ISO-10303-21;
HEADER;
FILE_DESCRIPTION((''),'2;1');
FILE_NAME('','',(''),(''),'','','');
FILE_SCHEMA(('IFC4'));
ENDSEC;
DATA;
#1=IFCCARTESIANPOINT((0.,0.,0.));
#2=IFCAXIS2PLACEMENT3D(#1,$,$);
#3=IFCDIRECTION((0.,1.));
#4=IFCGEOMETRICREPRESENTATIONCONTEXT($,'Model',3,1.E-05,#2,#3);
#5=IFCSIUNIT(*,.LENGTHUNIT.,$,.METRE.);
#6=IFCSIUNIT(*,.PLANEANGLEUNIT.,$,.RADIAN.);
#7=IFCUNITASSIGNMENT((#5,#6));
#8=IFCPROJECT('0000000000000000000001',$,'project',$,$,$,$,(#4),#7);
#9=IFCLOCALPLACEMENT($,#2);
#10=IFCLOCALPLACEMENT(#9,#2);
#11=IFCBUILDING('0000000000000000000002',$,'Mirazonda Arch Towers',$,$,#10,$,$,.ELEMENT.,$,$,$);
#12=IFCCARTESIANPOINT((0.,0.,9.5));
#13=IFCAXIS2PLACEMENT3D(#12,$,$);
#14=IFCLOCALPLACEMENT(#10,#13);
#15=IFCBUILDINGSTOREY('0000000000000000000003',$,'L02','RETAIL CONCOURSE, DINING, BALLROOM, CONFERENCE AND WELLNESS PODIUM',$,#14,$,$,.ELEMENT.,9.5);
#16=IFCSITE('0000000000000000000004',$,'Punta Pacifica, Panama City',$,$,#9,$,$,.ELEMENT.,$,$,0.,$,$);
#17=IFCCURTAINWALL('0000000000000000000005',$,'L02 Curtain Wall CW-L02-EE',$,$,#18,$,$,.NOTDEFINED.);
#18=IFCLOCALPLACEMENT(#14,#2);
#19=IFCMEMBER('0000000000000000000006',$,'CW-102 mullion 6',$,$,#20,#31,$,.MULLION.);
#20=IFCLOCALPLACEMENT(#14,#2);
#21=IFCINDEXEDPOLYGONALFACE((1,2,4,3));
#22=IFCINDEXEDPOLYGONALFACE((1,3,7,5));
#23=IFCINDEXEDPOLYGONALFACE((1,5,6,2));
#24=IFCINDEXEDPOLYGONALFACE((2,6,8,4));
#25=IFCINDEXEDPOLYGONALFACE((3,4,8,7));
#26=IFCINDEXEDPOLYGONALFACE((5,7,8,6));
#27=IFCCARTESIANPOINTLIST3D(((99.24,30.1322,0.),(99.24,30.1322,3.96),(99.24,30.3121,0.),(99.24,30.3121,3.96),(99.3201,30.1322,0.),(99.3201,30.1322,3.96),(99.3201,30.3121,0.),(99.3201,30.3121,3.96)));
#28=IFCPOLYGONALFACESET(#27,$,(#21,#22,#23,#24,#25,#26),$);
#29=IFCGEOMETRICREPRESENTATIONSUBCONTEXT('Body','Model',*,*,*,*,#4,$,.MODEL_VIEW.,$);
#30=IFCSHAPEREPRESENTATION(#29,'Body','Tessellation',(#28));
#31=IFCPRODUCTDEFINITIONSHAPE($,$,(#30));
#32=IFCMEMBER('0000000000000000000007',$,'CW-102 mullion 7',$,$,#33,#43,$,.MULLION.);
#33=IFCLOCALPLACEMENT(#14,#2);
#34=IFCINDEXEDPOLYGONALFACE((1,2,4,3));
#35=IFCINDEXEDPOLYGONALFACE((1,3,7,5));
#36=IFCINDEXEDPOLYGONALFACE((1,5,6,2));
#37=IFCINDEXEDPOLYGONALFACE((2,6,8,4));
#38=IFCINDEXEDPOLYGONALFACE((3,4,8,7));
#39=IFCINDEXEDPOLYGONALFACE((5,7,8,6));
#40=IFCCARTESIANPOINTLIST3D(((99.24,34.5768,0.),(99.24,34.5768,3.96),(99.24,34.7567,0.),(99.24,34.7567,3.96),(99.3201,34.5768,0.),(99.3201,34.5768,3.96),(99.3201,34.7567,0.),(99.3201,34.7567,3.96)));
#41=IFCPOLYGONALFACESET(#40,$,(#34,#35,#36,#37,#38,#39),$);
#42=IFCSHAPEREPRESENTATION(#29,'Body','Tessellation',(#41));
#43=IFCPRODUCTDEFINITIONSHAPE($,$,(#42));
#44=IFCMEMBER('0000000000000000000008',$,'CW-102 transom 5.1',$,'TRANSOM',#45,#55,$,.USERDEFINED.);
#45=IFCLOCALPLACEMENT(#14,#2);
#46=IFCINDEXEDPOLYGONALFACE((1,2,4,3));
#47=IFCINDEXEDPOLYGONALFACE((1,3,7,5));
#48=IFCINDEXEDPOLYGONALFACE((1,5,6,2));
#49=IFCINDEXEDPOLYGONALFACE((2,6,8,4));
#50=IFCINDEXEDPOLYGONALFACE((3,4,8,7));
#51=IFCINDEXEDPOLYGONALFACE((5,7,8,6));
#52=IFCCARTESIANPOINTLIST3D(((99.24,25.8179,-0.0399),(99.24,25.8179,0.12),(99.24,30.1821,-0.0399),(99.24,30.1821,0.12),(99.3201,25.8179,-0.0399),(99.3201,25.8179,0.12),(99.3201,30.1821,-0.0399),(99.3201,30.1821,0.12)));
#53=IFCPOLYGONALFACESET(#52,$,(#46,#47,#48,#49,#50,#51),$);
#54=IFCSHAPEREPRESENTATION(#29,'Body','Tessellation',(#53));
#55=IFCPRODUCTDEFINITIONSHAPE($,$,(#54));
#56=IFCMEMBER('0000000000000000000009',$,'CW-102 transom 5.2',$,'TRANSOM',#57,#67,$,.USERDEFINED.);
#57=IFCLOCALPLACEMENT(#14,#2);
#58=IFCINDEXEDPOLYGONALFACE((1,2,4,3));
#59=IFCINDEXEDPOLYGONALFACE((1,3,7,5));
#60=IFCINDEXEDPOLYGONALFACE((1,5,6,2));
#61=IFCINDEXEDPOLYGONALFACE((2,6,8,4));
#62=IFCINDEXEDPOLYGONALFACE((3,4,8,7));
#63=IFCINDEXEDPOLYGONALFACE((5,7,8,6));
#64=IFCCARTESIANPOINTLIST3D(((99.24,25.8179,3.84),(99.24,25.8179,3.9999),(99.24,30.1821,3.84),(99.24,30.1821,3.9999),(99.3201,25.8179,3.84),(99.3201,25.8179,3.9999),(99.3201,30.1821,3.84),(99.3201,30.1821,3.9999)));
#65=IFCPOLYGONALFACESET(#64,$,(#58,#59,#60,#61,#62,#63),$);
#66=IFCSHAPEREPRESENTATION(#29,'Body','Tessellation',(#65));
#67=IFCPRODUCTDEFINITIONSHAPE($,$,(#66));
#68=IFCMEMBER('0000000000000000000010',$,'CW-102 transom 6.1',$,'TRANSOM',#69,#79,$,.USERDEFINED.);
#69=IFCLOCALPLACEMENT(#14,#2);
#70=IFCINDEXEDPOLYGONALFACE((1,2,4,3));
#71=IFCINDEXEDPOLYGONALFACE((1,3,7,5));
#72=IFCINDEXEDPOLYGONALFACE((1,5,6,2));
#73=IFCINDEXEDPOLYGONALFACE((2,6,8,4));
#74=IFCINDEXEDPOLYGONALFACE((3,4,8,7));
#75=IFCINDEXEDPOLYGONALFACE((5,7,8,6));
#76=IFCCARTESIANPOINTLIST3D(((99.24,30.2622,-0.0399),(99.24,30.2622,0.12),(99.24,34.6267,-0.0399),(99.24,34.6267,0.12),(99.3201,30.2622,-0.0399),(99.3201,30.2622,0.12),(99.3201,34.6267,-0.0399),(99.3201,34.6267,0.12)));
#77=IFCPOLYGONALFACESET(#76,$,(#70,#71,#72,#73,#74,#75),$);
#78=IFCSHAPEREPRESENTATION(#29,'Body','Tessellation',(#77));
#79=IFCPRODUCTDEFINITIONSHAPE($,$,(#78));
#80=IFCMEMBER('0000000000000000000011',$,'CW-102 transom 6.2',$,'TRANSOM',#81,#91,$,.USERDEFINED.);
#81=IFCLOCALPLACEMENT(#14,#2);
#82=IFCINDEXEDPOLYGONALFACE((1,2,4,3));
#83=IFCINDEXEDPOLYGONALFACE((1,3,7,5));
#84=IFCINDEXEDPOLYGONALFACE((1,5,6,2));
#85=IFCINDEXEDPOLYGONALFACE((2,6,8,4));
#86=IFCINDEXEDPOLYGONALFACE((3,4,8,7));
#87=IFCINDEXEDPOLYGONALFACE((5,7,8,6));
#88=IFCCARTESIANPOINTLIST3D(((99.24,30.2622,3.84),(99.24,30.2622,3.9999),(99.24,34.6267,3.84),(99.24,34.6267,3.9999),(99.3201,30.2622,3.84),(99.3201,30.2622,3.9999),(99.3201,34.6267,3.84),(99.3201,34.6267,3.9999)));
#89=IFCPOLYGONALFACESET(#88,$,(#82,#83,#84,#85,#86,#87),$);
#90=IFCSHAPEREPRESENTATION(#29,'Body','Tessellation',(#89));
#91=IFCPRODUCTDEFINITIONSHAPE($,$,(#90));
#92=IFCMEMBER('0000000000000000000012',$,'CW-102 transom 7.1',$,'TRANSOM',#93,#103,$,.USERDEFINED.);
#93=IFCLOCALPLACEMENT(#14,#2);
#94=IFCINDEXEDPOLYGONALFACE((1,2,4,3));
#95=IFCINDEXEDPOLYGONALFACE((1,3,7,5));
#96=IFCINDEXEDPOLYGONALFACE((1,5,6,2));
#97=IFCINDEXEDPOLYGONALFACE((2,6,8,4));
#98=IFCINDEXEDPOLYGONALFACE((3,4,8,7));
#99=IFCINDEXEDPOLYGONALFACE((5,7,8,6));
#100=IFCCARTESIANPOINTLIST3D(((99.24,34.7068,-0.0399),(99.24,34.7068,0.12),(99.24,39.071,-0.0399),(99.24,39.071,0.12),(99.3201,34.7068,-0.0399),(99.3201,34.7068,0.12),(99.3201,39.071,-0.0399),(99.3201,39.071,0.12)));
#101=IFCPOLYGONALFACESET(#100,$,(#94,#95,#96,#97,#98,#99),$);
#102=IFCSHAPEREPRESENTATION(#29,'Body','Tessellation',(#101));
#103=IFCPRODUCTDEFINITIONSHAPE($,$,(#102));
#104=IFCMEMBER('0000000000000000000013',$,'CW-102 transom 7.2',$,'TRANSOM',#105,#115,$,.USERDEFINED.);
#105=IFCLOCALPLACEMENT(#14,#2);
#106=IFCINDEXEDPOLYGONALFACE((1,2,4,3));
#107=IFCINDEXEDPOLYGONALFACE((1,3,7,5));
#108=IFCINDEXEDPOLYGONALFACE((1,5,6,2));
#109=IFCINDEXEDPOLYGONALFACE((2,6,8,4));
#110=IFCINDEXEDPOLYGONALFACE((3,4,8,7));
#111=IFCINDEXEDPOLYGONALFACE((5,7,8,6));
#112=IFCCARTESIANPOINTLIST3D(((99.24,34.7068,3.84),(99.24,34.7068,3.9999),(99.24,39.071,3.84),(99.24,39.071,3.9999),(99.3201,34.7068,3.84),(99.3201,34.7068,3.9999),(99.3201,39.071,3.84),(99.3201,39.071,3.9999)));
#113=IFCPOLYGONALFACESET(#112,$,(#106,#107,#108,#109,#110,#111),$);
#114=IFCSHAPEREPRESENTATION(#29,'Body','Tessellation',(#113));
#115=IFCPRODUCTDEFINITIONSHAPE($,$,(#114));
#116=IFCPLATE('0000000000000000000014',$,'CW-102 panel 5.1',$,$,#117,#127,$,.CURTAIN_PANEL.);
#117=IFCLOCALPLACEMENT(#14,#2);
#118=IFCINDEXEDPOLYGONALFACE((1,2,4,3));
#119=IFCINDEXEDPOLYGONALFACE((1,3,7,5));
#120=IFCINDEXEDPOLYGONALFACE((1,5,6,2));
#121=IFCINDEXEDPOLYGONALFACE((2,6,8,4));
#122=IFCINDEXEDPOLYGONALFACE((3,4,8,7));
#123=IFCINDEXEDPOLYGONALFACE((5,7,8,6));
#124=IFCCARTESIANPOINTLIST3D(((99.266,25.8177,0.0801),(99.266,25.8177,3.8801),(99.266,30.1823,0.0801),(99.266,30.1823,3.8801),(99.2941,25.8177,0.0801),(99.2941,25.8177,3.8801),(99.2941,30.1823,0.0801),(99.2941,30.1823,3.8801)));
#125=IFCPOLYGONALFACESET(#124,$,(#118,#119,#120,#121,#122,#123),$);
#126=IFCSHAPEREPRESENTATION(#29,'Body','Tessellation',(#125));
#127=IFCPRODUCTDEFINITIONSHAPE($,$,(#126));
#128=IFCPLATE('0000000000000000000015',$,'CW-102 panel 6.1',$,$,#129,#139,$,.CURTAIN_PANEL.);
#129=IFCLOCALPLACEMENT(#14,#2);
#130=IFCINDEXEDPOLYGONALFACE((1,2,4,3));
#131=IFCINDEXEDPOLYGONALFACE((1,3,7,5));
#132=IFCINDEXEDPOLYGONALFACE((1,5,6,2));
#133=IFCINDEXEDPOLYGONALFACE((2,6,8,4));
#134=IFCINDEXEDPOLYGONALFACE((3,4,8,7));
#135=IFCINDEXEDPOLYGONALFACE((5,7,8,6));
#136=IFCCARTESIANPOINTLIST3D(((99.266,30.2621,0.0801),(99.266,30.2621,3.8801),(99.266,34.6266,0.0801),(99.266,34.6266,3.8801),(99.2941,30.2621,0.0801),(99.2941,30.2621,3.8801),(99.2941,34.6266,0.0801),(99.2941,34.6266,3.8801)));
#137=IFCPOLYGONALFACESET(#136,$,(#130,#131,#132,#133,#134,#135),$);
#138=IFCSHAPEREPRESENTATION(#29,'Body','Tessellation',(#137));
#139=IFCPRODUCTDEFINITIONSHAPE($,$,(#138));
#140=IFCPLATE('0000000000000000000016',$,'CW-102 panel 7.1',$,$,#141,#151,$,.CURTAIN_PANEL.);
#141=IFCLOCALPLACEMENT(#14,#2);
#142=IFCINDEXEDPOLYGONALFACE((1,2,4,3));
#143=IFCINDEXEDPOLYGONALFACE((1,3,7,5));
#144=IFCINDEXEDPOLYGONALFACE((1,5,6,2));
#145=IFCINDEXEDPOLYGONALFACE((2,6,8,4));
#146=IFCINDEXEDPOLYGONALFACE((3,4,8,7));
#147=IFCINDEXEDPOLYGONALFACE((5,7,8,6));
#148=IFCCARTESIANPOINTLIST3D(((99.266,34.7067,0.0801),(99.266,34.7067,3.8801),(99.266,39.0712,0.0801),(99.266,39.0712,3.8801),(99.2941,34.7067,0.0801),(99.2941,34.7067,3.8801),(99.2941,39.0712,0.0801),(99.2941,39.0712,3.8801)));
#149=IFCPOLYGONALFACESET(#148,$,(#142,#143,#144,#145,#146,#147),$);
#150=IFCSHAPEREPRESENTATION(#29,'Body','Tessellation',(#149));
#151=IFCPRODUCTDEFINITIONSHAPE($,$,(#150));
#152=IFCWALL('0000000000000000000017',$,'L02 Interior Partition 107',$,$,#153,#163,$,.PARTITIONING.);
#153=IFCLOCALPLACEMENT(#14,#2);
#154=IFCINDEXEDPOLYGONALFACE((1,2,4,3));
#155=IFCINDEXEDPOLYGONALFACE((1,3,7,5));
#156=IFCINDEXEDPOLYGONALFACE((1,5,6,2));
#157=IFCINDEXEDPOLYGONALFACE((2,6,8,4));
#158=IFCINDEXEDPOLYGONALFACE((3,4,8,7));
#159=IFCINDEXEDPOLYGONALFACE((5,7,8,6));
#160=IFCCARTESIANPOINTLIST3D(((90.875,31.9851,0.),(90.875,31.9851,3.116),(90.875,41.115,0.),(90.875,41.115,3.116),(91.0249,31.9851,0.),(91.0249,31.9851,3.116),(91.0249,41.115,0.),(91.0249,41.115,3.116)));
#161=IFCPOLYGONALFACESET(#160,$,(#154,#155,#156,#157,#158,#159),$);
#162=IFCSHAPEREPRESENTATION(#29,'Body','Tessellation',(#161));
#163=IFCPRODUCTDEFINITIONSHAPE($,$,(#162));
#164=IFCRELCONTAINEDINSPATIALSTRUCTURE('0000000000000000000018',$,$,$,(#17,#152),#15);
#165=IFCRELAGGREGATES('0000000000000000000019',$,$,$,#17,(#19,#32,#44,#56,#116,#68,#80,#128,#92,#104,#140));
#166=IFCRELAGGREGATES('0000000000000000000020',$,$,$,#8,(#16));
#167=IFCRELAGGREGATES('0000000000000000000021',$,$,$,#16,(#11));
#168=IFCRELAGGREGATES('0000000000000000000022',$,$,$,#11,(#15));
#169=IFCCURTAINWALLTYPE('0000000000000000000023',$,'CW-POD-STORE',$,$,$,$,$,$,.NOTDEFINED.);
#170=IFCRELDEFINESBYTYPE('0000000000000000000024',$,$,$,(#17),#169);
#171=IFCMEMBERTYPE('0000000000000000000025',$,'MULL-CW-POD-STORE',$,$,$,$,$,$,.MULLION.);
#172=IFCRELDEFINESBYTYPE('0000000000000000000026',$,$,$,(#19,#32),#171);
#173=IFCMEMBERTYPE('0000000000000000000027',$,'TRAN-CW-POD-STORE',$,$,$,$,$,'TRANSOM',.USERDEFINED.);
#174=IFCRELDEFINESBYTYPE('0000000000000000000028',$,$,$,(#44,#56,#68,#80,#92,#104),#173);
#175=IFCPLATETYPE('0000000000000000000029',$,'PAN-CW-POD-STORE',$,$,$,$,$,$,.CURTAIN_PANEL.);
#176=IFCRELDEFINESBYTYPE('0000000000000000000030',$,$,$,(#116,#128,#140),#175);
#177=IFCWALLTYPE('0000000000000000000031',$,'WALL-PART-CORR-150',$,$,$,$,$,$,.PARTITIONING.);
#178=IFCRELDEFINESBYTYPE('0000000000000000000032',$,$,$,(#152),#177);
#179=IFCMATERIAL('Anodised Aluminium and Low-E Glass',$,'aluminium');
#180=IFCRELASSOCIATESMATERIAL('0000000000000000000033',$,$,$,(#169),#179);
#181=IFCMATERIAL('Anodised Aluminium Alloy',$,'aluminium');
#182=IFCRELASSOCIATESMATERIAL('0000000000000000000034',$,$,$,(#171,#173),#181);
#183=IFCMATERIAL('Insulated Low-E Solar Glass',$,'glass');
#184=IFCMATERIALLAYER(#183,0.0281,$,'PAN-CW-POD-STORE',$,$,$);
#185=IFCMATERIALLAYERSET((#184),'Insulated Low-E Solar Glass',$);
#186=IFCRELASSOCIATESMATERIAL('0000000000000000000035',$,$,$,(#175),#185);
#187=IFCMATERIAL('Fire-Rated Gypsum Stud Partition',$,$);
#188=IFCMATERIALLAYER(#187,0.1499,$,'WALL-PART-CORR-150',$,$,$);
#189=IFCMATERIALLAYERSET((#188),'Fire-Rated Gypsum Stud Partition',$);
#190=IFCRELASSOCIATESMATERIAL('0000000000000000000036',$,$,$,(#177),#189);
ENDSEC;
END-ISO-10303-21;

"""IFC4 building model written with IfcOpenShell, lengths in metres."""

from ifc_helpers import new_model, si_unit, direction, frame, frame_2d, origin, origin_2d, place, context, subcontext, project, spatial, rectangle, extrude, material, layer, layer_set, material_profile, profile_set, type_object, element, aggregate, save


model = new_model("IFC4")

# Units and contexts
model_context = context("Model", 3, precision=1e-05, world=origin(), true_north=direction((0.0, 1.0)))
body_context = subcontext(model_context, "Body", "Model", "MODEL_VIEW")
ifc_project = project(units=[si_unit("LENGTHUNIT", "METRE"), si_unit("PLANEANGLEUNIT", "RADIAN")], contexts=[model_context])

# Site, building, storey
site_placement = place(None, origin())
site = spatial("IfcSite", under=ifc_project, at=site_placement, Name="Punta Pacifica, Panama City", CompositionType="ELEMENT", RefElevation=0.0)
building_placement = place(site_placement, origin())
building = spatial("IfcBuilding", under=site, at=building_placement, Name="Mirazonda Arch Towers", CompositionType="ELEMENT")
storey_placement = place(building_placement, frame((0.0, 0.0, 9.5)))
storey = spatial("IfcBuildingStorey", under=building, at=storey_placement, Name="L02", Description="RETAIL CONCOURSE, DINING, BALLROOM, CONFERENCE AND WELLNESS PODIUM", CompositionType="ELEMENT", Elevation=9.5)

# Curtain wall, members, plates
ifc_material_1 = material(Name="Anodised Aluminium and Low-E Glass", Category="aluminium")
curtain_wall_type = type_object("IfcCurtainWallType", Name="CW-POD-STORE", PredefinedType="NOTDEFINED", material=ifc_material_1)
curtain_wall_placement = place(storey_placement, origin())
curtain_wall = element("IfcCurtainWall", 1, at=curtain_wall_placement, inside=storey, type_object=curtain_wall_type, Name="L02 Curtain Wall CW-L02-EE", PredefinedType="NOTDEFINED")
ifc_material_2 = material(Name="Anodised Aluminium Alloy", Category="aluminium")
ifc_material_profile_1 = material_profile(ifc_material_2, rectangle(XDim=0.0801, YDim=0.1799, at=origin_2d()), Name="ALU-MULL-80x180")
ifc_profile_set_1 = profile_set([ifc_material_profile_1], Name="Anodised Aluminium Alloy")
member_type_1 = type_object("IfcMemberType", Name="MULL-CW-POD-STORE", PredefinedType="MULLION", material=ifc_profile_set_1)
member_1_placement = place(storey_placement, frame((99.28, 30.2222, 0.0), z_axis=(0.0, 0.0, 1.0), x_axis=(-1.0, 0.0, 0.0)))
member_1 = element("IfcMember", 2, at=member_1_placement, type_object=member_type_1, Name="CW-102 mullion 6", PredefinedType="MULLION", context=body_context, shape_type="SweptSolid", body=[
    extrude(rectangle(XDim=0.0801, YDim=0.1799, at=origin_2d()), origin(), (0.0, 0.0, 1.0), 3.96),
])
member_2_placement = place(storey_placement, frame((99.28, 34.6667, 0.0), z_axis=(0.0, 0.0, 1.0), x_axis=(-1.0, 0.0, 0.0)))
member_2 = element("IfcMember", 3, at=member_2_placement, type_object=member_type_1, Name="CW-102 mullion 7", PredefinedType="MULLION", context=body_context, shape_type="SweptSolid", body=[
    extrude(rectangle(XDim=0.0801, YDim=0.1799, at=origin_2d()), origin(), (0.0, 0.0, 1.0), 3.96),
])
ifc_material_profile_2 = material_profile(ifc_material_2, rectangle(XDim=0.0801, YDim=0.1599, at=origin_2d()), Name="ALU-TRAN-80x160")
ifc_profile_set_2 = profile_set([ifc_material_profile_2], Name="Anodised Aluminium Alloy")
member_type_2 = type_object("IfcMemberType", Name="TRAN-CW-POD-STORE", ElementType="TRANSOM", PredefinedType="USERDEFINED", material=ifc_profile_set_2)
member_3_placement = place(storey_placement, frame((99.28, 25.8179, 0.04), z_axis=(0.0, 1.0, 0.0), x_axis=(-1.0, 0.0, 0.0)))
member_3 = element("IfcMember", 4, at=member_3_placement, type_object=member_type_2, Name="CW-102 transom 5.1", ObjectType="TRANSOM", PredefinedType="USERDEFINED", context=body_context, shape_type="SweptSolid", body=[
    extrude(rectangle(XDim=0.0801, YDim=0.1599, at=origin_2d()), origin(), (0.0, 0.0, 1.0), 4.3643),
])
member_4_placement = place(storey_placement, frame((99.28, 25.8179, 3.9199), z_axis=(0.0, 1.0, 0.0), x_axis=(-1.0, 0.0, 0.0)))
member_4 = element("IfcMember", 5, at=member_4_placement, type_object=member_type_2, Name="CW-102 transom 5.2", ObjectType="TRANSOM", PredefinedType="USERDEFINED", context=body_context, shape_type="SweptSolid", body=[
    extrude(rectangle(XDim=0.0801, YDim=0.1599, at=origin_2d()), origin(), (0.0, 0.0, 1.0), 4.3643),
])
member_5_placement = place(storey_placement, frame((99.28, 30.2622, 0.04), z_axis=(0.0, 1.0, 0.0), x_axis=(-1.0, 0.0, 0.0)))
member_5 = element("IfcMember", 6, at=member_5_placement, type_object=member_type_2, Name="CW-102 transom 6.1", ObjectType="TRANSOM", PredefinedType="USERDEFINED", context=body_context, shape_type="SweptSolid", body=[
    extrude(rectangle(XDim=0.0801, YDim=0.1599, at=origin_2d()), origin(), (0.0, 0.0, 1.0), 4.3645),
])
member_6_placement = place(storey_placement, frame((99.28, 30.2622, 3.9199), z_axis=(0.0, 1.0, 0.0), x_axis=(-1.0, 0.0, 0.0)))
member_6 = element("IfcMember", 7, at=member_6_placement, type_object=member_type_2, Name="CW-102 transom 6.2", ObjectType="TRANSOM", PredefinedType="USERDEFINED", context=body_context, shape_type="SweptSolid", body=[
    extrude(rectangle(XDim=0.0801, YDim=0.1599, at=origin_2d()), origin(), (0.0, 0.0, 1.0), 4.3645),
])
member_7_placement = place(storey_placement, frame((99.28, 34.7068, 0.04), z_axis=(0.0, 1.0, 0.0), x_axis=(-1.0, 0.0, 0.0)))
member_7 = element("IfcMember", 8, at=member_7_placement, type_object=member_type_2, Name="CW-102 transom 7.1", ObjectType="TRANSOM", PredefinedType="USERDEFINED", context=body_context, shape_type="SweptSolid", body=[
    extrude(rectangle(XDim=0.0801, YDim=0.1599, at=origin_2d()), origin(), (0.0, 0.0, 1.0), 4.3643),
])
member_8_placement = place(storey_placement, frame((99.28, 34.7068, 3.9199), z_axis=(0.0, 1.0, 0.0), x_axis=(-1.0, 0.0, 0.0)))
member_8 = element("IfcMember", 9, at=member_8_placement, type_object=member_type_2, Name="CW-102 transom 7.2", ObjectType="TRANSOM", PredefinedType="USERDEFINED", context=body_context, shape_type="SweptSolid", body=[
    extrude(rectangle(XDim=0.0801, YDim=0.1599, at=origin_2d()), origin(), (0.0, 0.0, 1.0), 4.3643),
])
ifc_material_3 = material(Name="Insulated Low-E Solar Glass", Category="glass")
ifc_layer_1 = layer(ifc_material_3, 0.0281, Name="PAN-CW-POD-STORE")
ifc_layer_set_1 = layer_set([ifc_layer_1], Name="Insulated Low-E Solar Glass")
plate_type = type_object("IfcPlateType", Name="PAN-CW-POD-STORE", PredefinedType="CURTAIN_PANEL", material=ifc_layer_set_1)
plate_1_placement = place(storey_placement, frame((99.28, 28.0, 0.0801), z_axis=(0.0, 0.0, 1.0), x_axis=(0.0, 1.0, 0.0)))
plate_1 = element("IfcPlate", 10, at=plate_1_placement, type_object=plate_type, Name="CW-102 panel 5.1", PredefinedType="CURTAIN_PANEL", context=body_context, shape_type="SweptSolid", body=[
    extrude(rectangle(XDim=4.3645, YDim=0.0281, at=origin_2d()), origin(), (0.0, 0.0, 1.0), 3.8),
])
plate_2_placement = place(storey_placement, frame((99.28, 32.4443, 0.0801), z_axis=(0.0, 0.0, 1.0), x_axis=(0.0, 1.0, 0.0)))
plate_2 = element("IfcPlate", 11, at=plate_2_placement, type_object=plate_type, Name="CW-102 panel 6.1", PredefinedType="CURTAIN_PANEL", context=body_context, shape_type="SweptSolid", body=[
    extrude(rectangle(XDim=4.3645, YDim=0.0281, at=origin_2d()), origin(), (0.0, 0.0, 1.0), 3.8),
])
plate_3_placement = place(storey_placement, frame((99.28, 36.8889, 0.0801), z_axis=(0.0, 0.0, 1.0), x_axis=(0.0, 1.0, 0.0)))
plate_3 = element("IfcPlate", 12, at=plate_3_placement, type_object=plate_type, Name="CW-102 panel 7.1", PredefinedType="CURTAIN_PANEL", context=body_context, shape_type="SweptSolid", body=[
    extrude(rectangle(XDim=4.3645, YDim=0.0281, at=origin_2d()), origin(), (0.0, 0.0, 1.0), 3.8),
])
aggregate(curtain_wall, [member_1, member_2, member_3, member_4, plate_1, member_5, member_6, plate_2, member_7, member_8, plate_3])

# Wall
ifc_material_4 = material(Name="Fire-Rated Gypsum Stud Partition")
ifc_layer_2 = layer(ifc_material_4, 0.1499, Name="WALL-PART-CORR-150")
ifc_layer_set_2 = layer_set([ifc_layer_2], Name="Fire-Rated Gypsum Stud Partition")
wall_type = type_object("IfcWallType", Name="WALL-PART-CORR-150", PredefinedType="PARTITIONING", material=ifc_layer_set_2)
wall_1_placement = place(storey_placement, frame((90.95, 31.9851, 0.0), z_axis=(0.0, 0.0, 1.0), x_axis=(0.0, 1.0, 0.0)))
element("IfcWall", 13, at=wall_1_placement, inside=storey, type_object=wall_type, Name="L02 Interior Partition 107", PredefinedType="PARTITIONING", context=body_context, shape_type="SweptSolid", body=[
    extrude(rectangle(XDim=9.1299, YDim=0.1499, at=frame_2d((4.5649, 0.0))), origin(), (0.0, 0.0, 1.0), 3.116),
])

save(model, "model.ifc")
